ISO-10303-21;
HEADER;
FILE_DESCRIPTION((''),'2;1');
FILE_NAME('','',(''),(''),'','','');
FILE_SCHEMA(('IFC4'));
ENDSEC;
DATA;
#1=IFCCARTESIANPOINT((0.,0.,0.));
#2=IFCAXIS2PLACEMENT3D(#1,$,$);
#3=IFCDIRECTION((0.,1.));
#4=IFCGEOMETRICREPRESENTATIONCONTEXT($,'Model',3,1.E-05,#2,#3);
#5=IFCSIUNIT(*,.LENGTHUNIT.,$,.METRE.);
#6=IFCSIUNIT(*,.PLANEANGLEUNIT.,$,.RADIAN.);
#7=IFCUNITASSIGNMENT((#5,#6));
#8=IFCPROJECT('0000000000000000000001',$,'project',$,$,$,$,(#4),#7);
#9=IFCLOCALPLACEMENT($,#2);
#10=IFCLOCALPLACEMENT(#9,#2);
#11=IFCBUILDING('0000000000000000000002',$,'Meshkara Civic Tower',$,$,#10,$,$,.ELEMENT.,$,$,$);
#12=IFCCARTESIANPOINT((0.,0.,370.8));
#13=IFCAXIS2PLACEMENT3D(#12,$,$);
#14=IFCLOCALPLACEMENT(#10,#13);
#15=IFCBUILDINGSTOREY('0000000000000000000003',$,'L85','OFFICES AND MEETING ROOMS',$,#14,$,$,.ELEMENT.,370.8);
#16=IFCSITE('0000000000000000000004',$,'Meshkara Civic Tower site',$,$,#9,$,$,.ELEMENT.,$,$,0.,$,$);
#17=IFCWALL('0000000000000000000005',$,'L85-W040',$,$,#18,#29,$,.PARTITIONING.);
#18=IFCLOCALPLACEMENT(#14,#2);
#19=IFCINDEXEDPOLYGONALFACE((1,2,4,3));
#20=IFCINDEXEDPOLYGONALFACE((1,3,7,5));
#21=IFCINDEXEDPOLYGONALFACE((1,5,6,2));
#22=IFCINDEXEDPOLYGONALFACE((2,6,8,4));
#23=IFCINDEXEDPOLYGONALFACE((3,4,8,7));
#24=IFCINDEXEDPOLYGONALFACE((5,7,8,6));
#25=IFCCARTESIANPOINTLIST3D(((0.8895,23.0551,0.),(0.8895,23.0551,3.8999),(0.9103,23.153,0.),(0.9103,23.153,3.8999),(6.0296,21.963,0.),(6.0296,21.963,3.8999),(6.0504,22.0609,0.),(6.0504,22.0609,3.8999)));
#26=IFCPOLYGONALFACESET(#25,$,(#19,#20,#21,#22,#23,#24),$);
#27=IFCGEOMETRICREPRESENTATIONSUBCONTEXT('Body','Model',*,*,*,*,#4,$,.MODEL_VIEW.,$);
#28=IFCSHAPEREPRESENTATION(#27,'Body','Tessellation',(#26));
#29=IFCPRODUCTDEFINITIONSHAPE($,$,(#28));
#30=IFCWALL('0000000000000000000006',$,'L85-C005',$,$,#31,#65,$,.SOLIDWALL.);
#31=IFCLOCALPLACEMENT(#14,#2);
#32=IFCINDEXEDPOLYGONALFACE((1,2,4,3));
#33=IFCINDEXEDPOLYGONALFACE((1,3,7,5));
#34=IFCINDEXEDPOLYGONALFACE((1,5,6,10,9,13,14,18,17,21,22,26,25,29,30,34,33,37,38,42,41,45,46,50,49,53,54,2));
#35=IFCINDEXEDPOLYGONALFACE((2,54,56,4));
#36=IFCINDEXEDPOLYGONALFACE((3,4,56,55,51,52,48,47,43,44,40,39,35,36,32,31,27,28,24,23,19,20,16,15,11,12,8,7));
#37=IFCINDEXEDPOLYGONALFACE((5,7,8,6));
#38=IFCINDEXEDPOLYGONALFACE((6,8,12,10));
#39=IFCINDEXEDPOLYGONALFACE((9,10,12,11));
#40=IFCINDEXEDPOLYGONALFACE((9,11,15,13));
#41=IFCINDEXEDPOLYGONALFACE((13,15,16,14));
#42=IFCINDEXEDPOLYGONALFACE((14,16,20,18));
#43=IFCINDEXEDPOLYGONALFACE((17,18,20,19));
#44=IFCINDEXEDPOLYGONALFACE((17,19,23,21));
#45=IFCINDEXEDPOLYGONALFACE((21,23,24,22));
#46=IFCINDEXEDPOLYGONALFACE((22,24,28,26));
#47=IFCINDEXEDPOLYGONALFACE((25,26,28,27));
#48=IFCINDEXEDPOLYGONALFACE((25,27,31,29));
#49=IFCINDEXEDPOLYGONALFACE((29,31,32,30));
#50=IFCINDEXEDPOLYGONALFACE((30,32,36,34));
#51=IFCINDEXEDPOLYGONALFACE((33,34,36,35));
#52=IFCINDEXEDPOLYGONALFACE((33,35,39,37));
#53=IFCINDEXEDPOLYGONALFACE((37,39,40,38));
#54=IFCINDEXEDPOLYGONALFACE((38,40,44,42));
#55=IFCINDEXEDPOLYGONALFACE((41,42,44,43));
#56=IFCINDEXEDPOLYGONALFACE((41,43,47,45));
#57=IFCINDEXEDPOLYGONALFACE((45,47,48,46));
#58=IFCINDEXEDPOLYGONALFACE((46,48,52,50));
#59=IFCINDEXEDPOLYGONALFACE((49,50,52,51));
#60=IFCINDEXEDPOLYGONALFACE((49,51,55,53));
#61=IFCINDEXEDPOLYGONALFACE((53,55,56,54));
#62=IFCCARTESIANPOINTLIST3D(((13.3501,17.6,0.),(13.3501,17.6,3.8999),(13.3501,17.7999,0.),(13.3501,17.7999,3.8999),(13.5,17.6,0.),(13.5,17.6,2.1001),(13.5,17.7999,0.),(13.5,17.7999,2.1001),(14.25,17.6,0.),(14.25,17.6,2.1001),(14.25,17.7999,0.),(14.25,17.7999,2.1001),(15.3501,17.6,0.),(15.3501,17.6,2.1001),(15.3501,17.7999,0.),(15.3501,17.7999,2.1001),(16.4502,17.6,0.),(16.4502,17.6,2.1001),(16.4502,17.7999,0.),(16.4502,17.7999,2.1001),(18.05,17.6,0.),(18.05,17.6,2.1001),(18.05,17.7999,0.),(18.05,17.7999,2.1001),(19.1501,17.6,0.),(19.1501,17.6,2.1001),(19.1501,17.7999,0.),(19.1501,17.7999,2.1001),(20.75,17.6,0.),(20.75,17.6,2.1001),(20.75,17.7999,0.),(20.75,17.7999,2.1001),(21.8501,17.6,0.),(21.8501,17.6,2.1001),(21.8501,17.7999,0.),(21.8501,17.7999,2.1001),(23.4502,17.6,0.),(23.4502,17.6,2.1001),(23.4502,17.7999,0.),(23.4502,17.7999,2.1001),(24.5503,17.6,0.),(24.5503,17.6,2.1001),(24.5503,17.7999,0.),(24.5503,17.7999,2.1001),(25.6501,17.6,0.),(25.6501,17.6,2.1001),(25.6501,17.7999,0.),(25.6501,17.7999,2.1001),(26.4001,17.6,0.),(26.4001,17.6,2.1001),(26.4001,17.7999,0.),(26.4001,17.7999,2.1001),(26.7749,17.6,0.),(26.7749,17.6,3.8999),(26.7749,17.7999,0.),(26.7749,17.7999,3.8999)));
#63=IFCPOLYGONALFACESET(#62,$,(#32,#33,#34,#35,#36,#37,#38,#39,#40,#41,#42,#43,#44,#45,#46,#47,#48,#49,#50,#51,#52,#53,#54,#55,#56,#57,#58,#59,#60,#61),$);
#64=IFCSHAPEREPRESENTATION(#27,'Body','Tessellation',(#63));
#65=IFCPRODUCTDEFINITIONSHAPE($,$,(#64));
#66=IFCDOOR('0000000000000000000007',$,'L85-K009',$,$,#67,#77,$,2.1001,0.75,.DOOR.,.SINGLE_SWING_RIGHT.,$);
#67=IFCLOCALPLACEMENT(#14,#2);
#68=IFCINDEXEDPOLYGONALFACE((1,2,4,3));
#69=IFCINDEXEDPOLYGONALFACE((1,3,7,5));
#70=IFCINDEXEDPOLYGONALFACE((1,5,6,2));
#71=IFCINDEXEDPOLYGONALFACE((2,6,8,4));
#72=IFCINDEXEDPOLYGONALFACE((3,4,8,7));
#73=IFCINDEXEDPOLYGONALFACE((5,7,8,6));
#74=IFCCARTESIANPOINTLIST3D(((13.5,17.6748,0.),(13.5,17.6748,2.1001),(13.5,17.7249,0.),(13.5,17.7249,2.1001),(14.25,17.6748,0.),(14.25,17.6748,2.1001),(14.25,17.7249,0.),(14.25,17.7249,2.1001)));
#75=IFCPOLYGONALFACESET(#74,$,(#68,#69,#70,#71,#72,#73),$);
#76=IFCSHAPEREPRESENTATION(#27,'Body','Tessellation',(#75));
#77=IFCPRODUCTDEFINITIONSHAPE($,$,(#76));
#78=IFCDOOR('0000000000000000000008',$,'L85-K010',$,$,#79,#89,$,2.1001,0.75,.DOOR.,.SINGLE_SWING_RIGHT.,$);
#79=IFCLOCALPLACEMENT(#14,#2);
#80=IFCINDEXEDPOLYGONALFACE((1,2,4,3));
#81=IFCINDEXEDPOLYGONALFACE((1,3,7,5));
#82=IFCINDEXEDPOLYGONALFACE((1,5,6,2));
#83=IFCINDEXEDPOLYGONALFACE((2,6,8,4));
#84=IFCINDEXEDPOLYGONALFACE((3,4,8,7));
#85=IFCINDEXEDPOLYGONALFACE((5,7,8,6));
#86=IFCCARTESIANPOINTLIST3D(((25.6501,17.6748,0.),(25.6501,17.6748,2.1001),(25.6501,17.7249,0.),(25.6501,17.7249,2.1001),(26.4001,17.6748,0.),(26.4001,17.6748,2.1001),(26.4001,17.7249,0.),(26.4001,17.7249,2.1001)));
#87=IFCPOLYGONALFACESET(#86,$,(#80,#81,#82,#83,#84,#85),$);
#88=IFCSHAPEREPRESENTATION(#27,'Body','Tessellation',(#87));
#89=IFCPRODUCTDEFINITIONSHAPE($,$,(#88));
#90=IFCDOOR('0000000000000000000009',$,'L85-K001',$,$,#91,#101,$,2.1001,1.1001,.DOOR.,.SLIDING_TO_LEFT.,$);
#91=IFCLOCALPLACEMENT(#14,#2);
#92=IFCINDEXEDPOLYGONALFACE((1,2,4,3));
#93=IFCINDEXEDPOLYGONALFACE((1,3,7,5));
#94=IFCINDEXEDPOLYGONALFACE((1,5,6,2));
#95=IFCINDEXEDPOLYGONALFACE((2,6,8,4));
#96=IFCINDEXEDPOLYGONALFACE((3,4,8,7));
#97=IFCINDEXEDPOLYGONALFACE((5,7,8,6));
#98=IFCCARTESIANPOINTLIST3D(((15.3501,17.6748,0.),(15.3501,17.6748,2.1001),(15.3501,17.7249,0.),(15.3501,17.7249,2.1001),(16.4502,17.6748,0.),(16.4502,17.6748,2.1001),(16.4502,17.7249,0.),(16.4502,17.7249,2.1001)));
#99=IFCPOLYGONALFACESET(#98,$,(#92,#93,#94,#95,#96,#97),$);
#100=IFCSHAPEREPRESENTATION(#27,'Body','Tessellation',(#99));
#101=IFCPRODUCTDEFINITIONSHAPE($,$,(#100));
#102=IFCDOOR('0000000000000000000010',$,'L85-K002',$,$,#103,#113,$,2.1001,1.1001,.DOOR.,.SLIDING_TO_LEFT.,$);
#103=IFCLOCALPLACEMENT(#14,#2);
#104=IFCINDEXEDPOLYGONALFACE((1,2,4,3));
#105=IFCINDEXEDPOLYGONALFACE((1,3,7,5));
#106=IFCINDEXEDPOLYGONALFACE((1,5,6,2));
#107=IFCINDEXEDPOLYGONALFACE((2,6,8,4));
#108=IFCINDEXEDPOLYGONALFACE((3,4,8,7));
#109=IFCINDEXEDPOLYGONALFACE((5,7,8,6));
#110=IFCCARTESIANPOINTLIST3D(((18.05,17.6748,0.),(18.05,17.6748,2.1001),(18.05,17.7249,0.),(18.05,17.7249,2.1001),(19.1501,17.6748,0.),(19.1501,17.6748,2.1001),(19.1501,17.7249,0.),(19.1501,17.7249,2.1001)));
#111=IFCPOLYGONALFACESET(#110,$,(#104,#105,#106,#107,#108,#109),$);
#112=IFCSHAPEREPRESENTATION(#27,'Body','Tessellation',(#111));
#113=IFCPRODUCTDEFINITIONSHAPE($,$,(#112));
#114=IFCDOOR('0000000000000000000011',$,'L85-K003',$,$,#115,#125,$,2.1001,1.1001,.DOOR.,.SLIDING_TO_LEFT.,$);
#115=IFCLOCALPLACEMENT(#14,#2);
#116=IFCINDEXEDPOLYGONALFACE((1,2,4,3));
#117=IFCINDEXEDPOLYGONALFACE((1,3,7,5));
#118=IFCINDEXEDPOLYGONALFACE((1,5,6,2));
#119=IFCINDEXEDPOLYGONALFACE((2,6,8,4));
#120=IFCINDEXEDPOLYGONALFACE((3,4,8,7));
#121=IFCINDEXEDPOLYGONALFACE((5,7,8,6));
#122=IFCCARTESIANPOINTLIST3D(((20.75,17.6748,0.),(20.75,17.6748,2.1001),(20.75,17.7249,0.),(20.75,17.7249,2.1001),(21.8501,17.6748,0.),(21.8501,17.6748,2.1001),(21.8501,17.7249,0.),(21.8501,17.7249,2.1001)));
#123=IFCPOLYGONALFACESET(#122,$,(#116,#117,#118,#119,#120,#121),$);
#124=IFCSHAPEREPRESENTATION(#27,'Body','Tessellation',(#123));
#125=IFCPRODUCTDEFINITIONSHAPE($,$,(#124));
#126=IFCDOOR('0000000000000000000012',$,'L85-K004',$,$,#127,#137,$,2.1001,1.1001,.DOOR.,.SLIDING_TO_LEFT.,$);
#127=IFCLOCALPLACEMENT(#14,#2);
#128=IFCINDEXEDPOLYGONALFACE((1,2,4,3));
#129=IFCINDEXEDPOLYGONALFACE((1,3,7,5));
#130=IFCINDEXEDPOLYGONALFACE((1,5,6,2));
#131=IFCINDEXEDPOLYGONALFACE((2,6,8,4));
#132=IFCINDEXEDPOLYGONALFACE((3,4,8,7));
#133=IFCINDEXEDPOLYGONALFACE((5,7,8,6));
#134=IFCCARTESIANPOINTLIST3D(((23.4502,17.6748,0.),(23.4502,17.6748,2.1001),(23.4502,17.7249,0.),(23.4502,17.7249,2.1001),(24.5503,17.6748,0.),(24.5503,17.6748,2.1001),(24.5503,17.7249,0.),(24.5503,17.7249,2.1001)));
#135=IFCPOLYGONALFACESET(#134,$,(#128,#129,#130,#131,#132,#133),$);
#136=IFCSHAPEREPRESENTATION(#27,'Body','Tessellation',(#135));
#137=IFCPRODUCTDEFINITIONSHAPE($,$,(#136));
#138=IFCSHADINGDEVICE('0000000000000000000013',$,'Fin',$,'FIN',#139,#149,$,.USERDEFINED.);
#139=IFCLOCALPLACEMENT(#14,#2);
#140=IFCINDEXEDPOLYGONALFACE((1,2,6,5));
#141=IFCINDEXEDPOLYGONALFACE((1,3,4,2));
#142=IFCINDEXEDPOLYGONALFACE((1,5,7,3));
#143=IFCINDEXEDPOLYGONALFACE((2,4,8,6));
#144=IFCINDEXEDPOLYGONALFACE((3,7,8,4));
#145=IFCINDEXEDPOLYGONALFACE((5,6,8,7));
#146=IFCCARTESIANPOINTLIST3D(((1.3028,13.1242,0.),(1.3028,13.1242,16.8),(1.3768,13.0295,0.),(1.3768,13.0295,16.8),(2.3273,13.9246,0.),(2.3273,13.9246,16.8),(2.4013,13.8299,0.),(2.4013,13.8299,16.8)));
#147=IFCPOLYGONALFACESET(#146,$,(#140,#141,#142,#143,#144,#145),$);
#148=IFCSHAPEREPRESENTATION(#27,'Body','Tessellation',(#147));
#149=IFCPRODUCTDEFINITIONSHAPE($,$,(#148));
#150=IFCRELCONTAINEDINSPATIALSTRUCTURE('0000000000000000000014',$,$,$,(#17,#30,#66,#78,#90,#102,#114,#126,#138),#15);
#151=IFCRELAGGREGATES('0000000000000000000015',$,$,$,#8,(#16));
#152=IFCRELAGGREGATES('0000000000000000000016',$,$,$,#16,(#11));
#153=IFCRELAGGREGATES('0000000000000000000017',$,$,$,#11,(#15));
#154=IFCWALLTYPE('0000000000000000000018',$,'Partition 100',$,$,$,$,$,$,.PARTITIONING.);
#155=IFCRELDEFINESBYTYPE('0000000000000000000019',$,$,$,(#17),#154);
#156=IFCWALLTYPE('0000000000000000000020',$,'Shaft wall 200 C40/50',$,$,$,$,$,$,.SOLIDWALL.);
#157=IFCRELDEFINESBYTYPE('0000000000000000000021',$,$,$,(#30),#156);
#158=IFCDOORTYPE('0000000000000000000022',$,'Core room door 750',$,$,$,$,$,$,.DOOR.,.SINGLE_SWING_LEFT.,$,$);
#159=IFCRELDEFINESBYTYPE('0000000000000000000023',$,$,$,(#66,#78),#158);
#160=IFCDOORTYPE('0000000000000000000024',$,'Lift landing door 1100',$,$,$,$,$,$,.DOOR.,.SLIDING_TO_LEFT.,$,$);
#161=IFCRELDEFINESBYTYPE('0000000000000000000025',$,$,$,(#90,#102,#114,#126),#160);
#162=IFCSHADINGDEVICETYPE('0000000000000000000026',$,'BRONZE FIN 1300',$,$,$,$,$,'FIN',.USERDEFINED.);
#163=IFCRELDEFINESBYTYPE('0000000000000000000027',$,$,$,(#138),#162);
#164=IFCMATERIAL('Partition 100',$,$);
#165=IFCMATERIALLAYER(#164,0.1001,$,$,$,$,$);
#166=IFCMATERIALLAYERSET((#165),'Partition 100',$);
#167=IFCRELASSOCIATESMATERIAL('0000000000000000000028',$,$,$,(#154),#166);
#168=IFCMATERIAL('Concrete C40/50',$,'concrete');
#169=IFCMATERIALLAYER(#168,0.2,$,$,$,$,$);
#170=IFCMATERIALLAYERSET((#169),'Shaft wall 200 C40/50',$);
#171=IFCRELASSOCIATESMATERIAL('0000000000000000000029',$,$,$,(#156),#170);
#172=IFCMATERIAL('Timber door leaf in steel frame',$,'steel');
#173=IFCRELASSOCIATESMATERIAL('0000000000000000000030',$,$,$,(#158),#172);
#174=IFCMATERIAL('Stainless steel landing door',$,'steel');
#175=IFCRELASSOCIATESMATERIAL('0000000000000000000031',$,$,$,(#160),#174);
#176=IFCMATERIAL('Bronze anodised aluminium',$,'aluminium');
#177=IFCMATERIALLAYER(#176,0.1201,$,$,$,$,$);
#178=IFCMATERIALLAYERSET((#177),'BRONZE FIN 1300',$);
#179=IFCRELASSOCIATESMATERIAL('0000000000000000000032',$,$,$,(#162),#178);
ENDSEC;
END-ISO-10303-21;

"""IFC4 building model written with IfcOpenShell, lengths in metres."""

from ifc_helpers import new_model, si_unit, direction, frame, frame_2d, origin, origin_2d, place, context, subcontext, project, spatial, rectangle, extrude, material, layer, layer_set, type_object, element, fill, save


model = new_model("IFC4")

# Units and contexts
model_context = context("Model", 3, precision=1e-05, world=origin(), true_north=direction((0.0, 1.0)))
body_context = subcontext(model_context, "Body", "Model", "MODEL_VIEW")
ifc_project = project(units=[si_unit("LENGTHUNIT", "METRE"), si_unit("PLANEANGLEUNIT", "RADIAN")], contexts=[model_context])

# Site, building, storey
site_placement = place(None, origin())
site = spatial("IfcSite", under=ifc_project, at=site_placement, Name="Meshkara Civic Tower site", CompositionType="ELEMENT", RefElevation=0.0)
building_placement = place(site_placement, origin())
building = spatial("IfcBuilding", under=site, at=building_placement, Name="Meshkara Civic Tower", CompositionType="ELEMENT")
storey_placement = place(building_placement, frame((0.0, 0.0, 370.8)))
storey = spatial("IfcBuildingStorey", under=building, at=storey_placement, Name="L85", Description="OFFICES AND MEETING ROOMS", CompositionType="ELEMENT", Elevation=370.8)

# Wall
ifc_material_1 = material(Name="Partition 100")
ifc_layer_1 = layer(ifc_material_1, 0.1001)
ifc_layer_set_1 = layer_set([ifc_layer_1], Name="Partition 100")
wall_type_1 = type_object("IfcWallType", Name="Partition 100", PredefinedType="PARTITIONING", material=ifc_layer_set_1)
wall_1_placement = place(storey_placement, frame((6.04, 22.012, 0.0), z_axis=(0.0, 0.0, 1.0), x_axis=(-0.978168, 0.207815, 0.0)))
element("IfcWall", 1, at=wall_1_placement, inside=storey, type_object=wall_type_1, Name="L85-W040", PredefinedType="PARTITIONING", context=body_context, shape_type="SweptSolid", body=[
    extrude(rectangle(XDim=5.2549, YDim=0.1001, at=frame_2d((2.6274, 0.0))), origin(), (0.0, 0.0, 1.0), 3.8999),
])

# Wall, openings, doors
ifc_material_2 = material(Name="Concrete C40/50", Category="concrete")
ifc_layer_2 = layer(ifc_material_2, 0.2)
ifc_layer_set_2 = layer_set([ifc_layer_2], Name="Shaft wall 200 C40/50")
wall_type_2 = type_object("IfcWallType", Name="Shaft wall 200 C40/50", PredefinedType="SOLIDWALL", material=ifc_layer_set_2)
wall_2_placement = place(storey_placement, frame((13.3501, 17.7, 0.0), z_axis=(0.0, 0.0, 1.0), x_axis=(1.0, 0.0, 0.0)))
wall_2 = element("IfcWall", 2, at=wall_2_placement, inside=storey, type_object=wall_type_2, Name="L85-C005", PredefinedType="SOLIDWALL", context=body_context, shape_type="SweptSolid", body=[
    extrude(rectangle(XDim=13.4248, YDim=0.2, at=frame_2d((6.7124, 0.0))), origin(), (0.0, 0.0, 1.0), 3.8999),
])
opening_1_placement = place(wall_2_placement, frame((2.0, 0.0, 0.0)))
opening_1 = element("IfcOpeningElement", 3, at=opening_1_placement, cuts=wall_2, PredefinedType="OPENING", context=body_context, shape_type="SweptSolid", body=[
    extrude(rectangle(XDim=1.1001, YDim=2.1001, at=frame_2d((0.55, 1.05))), frame((0.0, 0.1099, 0.0), z_axis=(0.0, -1.0, 0.0), x_axis=(1.0, 0.0, 0.0)), (0.0, 0.0, 1.0), 0.22),
])
opening_2_placement = place(wall_2_placement, frame((4.7, 0.0, 0.0)))
opening_2 = element("IfcOpeningElement", 4, at=opening_2_placement, cuts=wall_2, PredefinedType="OPENING", context=body_context, shape_type="SweptSolid", body=[
    extrude(rectangle(XDim=1.1001, YDim=2.1001, at=frame_2d((0.55, 1.05))), frame((0.0, 0.1099, 0.0), z_axis=(0.0, -1.0, 0.0), x_axis=(1.0, 0.0, 0.0)), (0.0, 0.0, 1.0), 0.22),
])
opening_3_placement = place(wall_2_placement, frame((7.3999, 0.0, 0.0)))
opening_3 = element("IfcOpeningElement", 5, at=opening_3_placement, cuts=wall_2, PredefinedType="OPENING", context=body_context, shape_type="SweptSolid", body=[
    extrude(rectangle(XDim=1.1001, YDim=2.1001, at=frame_2d((0.55, 1.05))), frame((0.0, 0.1099, 0.0), z_axis=(0.0, -1.0, 0.0), x_axis=(1.0, 0.0, 0.0)), (0.0, 0.0, 1.0), 0.22),
])
opening_4_placement = place(wall_2_placement, frame((10.1001, 0.0, 0.0)))
opening_4 = element("IfcOpeningElement", 6, at=opening_4_placement, cuts=wall_2, PredefinedType="OPENING", context=body_context, shape_type="SweptSolid", body=[
    extrude(rectangle(XDim=1.1001, YDim=2.1001, at=frame_2d((0.55, 1.05))), frame((0.0, 0.1099, 0.0), z_axis=(0.0, -1.0, 0.0), x_axis=(1.0, 0.0, 0.0)), (0.0, 0.0, 1.0), 0.22),
])
opening_5_placement = place(wall_2_placement, frame((0.1499, 0.0, 0.0)))
opening_5 = element("IfcOpeningElement", 7, at=opening_5_placement, cuts=wall_2, PredefinedType="OPENING", context=body_context, shape_type="SweptSolid", body=[
    extrude(rectangle(XDim=0.75, YDim=2.1001, at=frame_2d((0.375, 1.05))), frame((0.0, 0.1099, 0.0), z_axis=(0.0, -1.0, 0.0), x_axis=(1.0, 0.0, 0.0)), (0.0, 0.0, 1.0), 0.22),
])
opening_6_placement = place(wall_2_placement, frame((12.3, 0.0, 0.0)))
opening_6 = element("IfcOpeningElement", 8, at=opening_6_placement, cuts=wall_2, PredefinedType="OPENING", context=body_context, shape_type="SweptSolid", body=[
    extrude(rectangle(XDim=0.75, YDim=2.1001, at=frame_2d((0.375, 1.05))), frame((0.0, 0.1099, 0.0), z_axis=(0.0, -1.0, 0.0), x_axis=(1.0, 0.0, 0.0)), (0.0, 0.0, 1.0), 0.22),
])
ifc_material_3 = material(Name="Timber door leaf in steel frame", Category="steel")
door_type_1 = type_object("IfcDoorType", Name="Core room door 750", OperationType="SINGLE_SWING_LEFT", PredefinedType="DOOR", material=ifc_material_3)
door_1_placement = place(opening_5_placement, origin())
door_1 = element("IfcDoor", 9, at=door_1_placement, inside=storey, type_object=door_type_1, Name="L85-K009", OperationType="SINGLE_SWING_RIGHT", OverallHeight=2.1001, OverallWidth=0.75, PredefinedType="DOOR", context=body_context, shape_type="SweptSolid", body=[
    extrude(rectangle(XDim=0.75, YDim=2.1001, at=frame_2d((0.375, 1.05))), frame((0.0, 0.0249, 0.0), z_axis=(0.0, -1.0, 0.0), x_axis=(1.0, 0.0, 0.0)), (0.0, 0.0, 1.0), 0.05),
])
fill(opening_5, door_1)
door_2_placement = place(opening_6_placement, origin())
door_2 = element("IfcDoor", 10, at=door_2_placement, inside=storey, type_object=door_type_1, Name="L85-K010", OperationType="SINGLE_SWING_RIGHT", OverallHeight=2.1001, OverallWidth=0.75, PredefinedType="DOOR", context=body_context, shape_type="SweptSolid", body=[
    extrude(rectangle(XDim=0.75, YDim=2.1001, at=frame_2d((0.375, 1.05))), frame((0.0, 0.0249, 0.0), z_axis=(0.0, -1.0, 0.0), x_axis=(1.0, 0.0, 0.0)), (0.0, 0.0, 1.0), 0.05),
])
fill(opening_6, door_2)
ifc_material_4 = material(Name="Stainless steel landing door", Category="steel")
door_type_2 = type_object("IfcDoorType", Name="Lift landing door 1100", OperationType="SLIDING_TO_LEFT", PredefinedType="DOOR", material=ifc_material_4)
door_3_placement = place(opening_1_placement, origin())
door_3 = element("IfcDoor", 11, at=door_3_placement, inside=storey, type_object=door_type_2, Name="L85-K001", OperationType="SLIDING_TO_LEFT", OverallHeight=2.1001, OverallWidth=1.1001, PredefinedType="DOOR", context=body_context, shape_type="SweptSolid", body=[
    extrude(rectangle(XDim=1.1001, YDim=2.1001, at=frame_2d((0.55, 1.05))), frame((0.0, 0.0249, 0.0), z_axis=(0.0, -1.0, 0.0), x_axis=(1.0, 0.0, 0.0)), (0.0, 0.0, 1.0), 0.05),
])
fill(opening_1, door_3)
door_4_placement = place(opening_2_placement, origin())
door_4 = element("IfcDoor", 12, at=door_4_placement, inside=storey, type_object=door_type_2, Name="L85-K002", OperationType="SLIDING_TO_LEFT", OverallHeight=2.1001, OverallWidth=1.1001, PredefinedType="DOOR", context=body_context, shape_type="SweptSolid", body=[
    extrude(rectangle(XDim=1.1001, YDim=2.1001, at=frame_2d((0.55, 1.05))), frame((0.0, 0.0249, 0.0), z_axis=(0.0, -1.0, 0.0), x_axis=(1.0, 0.0, 0.0)), (0.0, 0.0, 1.0), 0.05),
])
fill(opening_2, door_4)
door_5_placement = place(opening_3_placement, origin())
door_5 = element("IfcDoor", 13, at=door_5_placement, inside=storey, type_object=door_type_2, Name="L85-K003", OperationType="SLIDING_TO_LEFT", OverallHeight=2.1001, OverallWidth=1.1001, PredefinedType="DOOR", context=body_context, shape_type="SweptSolid", body=[
    extrude(rectangle(XDim=1.1001, YDim=2.1001, at=frame_2d((0.55, 1.05))), frame((0.0, 0.0249, 0.0), z_axis=(0.0, -1.0, 0.0), x_axis=(1.0, 0.0, 0.0)), (0.0, 0.0, 1.0), 0.05),
])
fill(opening_3, door_5)
door_6_placement = place(opening_4_placement, origin())
door_6 = element("IfcDoor", 14, at=door_6_placement, inside=storey, type_object=door_type_2, Name="L85-K004", OperationType="SLIDING_TO_LEFT", OverallHeight=2.1001, OverallWidth=1.1001, PredefinedType="DOOR", context=body_context, shape_type="SweptSolid", body=[
    extrude(rectangle(XDim=1.1001, YDim=2.1001, at=frame_2d((0.55, 1.05))), frame((0.0, 0.0249, 0.0), z_axis=(0.0, -1.0, 0.0), x_axis=(1.0, 0.0, 0.0)), (0.0, 0.0, 1.0), 0.05),
])
fill(opening_4, door_6)

# Shading device
ifc_material_5 = material(Name="Bronze anodised aluminium", Category="aluminium")
ifc_layer_3 = layer(ifc_material_5, 0.1201)
ifc_layer_set_3 = layer_set([ifc_layer_3], Name="BRONZE FIN 1300")
shading_device_type = type_object("IfcShadingDeviceType", Name="BRONZE FIN 1300", ElementType="FIN", PredefinedType="USERDEFINED", material=ifc_layer_set_3)
shading_device_placement = place(storey_placement, frame((1.8521, 13.4771, 0.0), z_axis=(0.0, 0.0, 1.0), x_axis=(0.615661, -0.788011, 0.0)))
element("IfcShadingDevice", 15, at=shading_device_placement, inside=storey, type_object=shading_device_type, Name="Fin", ObjectType="FIN", PredefinedType="USERDEFINED", context=body_context, shape_type="SweptSolid", body=[
    extrude(rectangle(XDim=0.1201, YDim=1.3, at=origin_2d()), origin(), (0.0, 0.0, 1.0), 16.8),
])

save(model, "model.ifc")
